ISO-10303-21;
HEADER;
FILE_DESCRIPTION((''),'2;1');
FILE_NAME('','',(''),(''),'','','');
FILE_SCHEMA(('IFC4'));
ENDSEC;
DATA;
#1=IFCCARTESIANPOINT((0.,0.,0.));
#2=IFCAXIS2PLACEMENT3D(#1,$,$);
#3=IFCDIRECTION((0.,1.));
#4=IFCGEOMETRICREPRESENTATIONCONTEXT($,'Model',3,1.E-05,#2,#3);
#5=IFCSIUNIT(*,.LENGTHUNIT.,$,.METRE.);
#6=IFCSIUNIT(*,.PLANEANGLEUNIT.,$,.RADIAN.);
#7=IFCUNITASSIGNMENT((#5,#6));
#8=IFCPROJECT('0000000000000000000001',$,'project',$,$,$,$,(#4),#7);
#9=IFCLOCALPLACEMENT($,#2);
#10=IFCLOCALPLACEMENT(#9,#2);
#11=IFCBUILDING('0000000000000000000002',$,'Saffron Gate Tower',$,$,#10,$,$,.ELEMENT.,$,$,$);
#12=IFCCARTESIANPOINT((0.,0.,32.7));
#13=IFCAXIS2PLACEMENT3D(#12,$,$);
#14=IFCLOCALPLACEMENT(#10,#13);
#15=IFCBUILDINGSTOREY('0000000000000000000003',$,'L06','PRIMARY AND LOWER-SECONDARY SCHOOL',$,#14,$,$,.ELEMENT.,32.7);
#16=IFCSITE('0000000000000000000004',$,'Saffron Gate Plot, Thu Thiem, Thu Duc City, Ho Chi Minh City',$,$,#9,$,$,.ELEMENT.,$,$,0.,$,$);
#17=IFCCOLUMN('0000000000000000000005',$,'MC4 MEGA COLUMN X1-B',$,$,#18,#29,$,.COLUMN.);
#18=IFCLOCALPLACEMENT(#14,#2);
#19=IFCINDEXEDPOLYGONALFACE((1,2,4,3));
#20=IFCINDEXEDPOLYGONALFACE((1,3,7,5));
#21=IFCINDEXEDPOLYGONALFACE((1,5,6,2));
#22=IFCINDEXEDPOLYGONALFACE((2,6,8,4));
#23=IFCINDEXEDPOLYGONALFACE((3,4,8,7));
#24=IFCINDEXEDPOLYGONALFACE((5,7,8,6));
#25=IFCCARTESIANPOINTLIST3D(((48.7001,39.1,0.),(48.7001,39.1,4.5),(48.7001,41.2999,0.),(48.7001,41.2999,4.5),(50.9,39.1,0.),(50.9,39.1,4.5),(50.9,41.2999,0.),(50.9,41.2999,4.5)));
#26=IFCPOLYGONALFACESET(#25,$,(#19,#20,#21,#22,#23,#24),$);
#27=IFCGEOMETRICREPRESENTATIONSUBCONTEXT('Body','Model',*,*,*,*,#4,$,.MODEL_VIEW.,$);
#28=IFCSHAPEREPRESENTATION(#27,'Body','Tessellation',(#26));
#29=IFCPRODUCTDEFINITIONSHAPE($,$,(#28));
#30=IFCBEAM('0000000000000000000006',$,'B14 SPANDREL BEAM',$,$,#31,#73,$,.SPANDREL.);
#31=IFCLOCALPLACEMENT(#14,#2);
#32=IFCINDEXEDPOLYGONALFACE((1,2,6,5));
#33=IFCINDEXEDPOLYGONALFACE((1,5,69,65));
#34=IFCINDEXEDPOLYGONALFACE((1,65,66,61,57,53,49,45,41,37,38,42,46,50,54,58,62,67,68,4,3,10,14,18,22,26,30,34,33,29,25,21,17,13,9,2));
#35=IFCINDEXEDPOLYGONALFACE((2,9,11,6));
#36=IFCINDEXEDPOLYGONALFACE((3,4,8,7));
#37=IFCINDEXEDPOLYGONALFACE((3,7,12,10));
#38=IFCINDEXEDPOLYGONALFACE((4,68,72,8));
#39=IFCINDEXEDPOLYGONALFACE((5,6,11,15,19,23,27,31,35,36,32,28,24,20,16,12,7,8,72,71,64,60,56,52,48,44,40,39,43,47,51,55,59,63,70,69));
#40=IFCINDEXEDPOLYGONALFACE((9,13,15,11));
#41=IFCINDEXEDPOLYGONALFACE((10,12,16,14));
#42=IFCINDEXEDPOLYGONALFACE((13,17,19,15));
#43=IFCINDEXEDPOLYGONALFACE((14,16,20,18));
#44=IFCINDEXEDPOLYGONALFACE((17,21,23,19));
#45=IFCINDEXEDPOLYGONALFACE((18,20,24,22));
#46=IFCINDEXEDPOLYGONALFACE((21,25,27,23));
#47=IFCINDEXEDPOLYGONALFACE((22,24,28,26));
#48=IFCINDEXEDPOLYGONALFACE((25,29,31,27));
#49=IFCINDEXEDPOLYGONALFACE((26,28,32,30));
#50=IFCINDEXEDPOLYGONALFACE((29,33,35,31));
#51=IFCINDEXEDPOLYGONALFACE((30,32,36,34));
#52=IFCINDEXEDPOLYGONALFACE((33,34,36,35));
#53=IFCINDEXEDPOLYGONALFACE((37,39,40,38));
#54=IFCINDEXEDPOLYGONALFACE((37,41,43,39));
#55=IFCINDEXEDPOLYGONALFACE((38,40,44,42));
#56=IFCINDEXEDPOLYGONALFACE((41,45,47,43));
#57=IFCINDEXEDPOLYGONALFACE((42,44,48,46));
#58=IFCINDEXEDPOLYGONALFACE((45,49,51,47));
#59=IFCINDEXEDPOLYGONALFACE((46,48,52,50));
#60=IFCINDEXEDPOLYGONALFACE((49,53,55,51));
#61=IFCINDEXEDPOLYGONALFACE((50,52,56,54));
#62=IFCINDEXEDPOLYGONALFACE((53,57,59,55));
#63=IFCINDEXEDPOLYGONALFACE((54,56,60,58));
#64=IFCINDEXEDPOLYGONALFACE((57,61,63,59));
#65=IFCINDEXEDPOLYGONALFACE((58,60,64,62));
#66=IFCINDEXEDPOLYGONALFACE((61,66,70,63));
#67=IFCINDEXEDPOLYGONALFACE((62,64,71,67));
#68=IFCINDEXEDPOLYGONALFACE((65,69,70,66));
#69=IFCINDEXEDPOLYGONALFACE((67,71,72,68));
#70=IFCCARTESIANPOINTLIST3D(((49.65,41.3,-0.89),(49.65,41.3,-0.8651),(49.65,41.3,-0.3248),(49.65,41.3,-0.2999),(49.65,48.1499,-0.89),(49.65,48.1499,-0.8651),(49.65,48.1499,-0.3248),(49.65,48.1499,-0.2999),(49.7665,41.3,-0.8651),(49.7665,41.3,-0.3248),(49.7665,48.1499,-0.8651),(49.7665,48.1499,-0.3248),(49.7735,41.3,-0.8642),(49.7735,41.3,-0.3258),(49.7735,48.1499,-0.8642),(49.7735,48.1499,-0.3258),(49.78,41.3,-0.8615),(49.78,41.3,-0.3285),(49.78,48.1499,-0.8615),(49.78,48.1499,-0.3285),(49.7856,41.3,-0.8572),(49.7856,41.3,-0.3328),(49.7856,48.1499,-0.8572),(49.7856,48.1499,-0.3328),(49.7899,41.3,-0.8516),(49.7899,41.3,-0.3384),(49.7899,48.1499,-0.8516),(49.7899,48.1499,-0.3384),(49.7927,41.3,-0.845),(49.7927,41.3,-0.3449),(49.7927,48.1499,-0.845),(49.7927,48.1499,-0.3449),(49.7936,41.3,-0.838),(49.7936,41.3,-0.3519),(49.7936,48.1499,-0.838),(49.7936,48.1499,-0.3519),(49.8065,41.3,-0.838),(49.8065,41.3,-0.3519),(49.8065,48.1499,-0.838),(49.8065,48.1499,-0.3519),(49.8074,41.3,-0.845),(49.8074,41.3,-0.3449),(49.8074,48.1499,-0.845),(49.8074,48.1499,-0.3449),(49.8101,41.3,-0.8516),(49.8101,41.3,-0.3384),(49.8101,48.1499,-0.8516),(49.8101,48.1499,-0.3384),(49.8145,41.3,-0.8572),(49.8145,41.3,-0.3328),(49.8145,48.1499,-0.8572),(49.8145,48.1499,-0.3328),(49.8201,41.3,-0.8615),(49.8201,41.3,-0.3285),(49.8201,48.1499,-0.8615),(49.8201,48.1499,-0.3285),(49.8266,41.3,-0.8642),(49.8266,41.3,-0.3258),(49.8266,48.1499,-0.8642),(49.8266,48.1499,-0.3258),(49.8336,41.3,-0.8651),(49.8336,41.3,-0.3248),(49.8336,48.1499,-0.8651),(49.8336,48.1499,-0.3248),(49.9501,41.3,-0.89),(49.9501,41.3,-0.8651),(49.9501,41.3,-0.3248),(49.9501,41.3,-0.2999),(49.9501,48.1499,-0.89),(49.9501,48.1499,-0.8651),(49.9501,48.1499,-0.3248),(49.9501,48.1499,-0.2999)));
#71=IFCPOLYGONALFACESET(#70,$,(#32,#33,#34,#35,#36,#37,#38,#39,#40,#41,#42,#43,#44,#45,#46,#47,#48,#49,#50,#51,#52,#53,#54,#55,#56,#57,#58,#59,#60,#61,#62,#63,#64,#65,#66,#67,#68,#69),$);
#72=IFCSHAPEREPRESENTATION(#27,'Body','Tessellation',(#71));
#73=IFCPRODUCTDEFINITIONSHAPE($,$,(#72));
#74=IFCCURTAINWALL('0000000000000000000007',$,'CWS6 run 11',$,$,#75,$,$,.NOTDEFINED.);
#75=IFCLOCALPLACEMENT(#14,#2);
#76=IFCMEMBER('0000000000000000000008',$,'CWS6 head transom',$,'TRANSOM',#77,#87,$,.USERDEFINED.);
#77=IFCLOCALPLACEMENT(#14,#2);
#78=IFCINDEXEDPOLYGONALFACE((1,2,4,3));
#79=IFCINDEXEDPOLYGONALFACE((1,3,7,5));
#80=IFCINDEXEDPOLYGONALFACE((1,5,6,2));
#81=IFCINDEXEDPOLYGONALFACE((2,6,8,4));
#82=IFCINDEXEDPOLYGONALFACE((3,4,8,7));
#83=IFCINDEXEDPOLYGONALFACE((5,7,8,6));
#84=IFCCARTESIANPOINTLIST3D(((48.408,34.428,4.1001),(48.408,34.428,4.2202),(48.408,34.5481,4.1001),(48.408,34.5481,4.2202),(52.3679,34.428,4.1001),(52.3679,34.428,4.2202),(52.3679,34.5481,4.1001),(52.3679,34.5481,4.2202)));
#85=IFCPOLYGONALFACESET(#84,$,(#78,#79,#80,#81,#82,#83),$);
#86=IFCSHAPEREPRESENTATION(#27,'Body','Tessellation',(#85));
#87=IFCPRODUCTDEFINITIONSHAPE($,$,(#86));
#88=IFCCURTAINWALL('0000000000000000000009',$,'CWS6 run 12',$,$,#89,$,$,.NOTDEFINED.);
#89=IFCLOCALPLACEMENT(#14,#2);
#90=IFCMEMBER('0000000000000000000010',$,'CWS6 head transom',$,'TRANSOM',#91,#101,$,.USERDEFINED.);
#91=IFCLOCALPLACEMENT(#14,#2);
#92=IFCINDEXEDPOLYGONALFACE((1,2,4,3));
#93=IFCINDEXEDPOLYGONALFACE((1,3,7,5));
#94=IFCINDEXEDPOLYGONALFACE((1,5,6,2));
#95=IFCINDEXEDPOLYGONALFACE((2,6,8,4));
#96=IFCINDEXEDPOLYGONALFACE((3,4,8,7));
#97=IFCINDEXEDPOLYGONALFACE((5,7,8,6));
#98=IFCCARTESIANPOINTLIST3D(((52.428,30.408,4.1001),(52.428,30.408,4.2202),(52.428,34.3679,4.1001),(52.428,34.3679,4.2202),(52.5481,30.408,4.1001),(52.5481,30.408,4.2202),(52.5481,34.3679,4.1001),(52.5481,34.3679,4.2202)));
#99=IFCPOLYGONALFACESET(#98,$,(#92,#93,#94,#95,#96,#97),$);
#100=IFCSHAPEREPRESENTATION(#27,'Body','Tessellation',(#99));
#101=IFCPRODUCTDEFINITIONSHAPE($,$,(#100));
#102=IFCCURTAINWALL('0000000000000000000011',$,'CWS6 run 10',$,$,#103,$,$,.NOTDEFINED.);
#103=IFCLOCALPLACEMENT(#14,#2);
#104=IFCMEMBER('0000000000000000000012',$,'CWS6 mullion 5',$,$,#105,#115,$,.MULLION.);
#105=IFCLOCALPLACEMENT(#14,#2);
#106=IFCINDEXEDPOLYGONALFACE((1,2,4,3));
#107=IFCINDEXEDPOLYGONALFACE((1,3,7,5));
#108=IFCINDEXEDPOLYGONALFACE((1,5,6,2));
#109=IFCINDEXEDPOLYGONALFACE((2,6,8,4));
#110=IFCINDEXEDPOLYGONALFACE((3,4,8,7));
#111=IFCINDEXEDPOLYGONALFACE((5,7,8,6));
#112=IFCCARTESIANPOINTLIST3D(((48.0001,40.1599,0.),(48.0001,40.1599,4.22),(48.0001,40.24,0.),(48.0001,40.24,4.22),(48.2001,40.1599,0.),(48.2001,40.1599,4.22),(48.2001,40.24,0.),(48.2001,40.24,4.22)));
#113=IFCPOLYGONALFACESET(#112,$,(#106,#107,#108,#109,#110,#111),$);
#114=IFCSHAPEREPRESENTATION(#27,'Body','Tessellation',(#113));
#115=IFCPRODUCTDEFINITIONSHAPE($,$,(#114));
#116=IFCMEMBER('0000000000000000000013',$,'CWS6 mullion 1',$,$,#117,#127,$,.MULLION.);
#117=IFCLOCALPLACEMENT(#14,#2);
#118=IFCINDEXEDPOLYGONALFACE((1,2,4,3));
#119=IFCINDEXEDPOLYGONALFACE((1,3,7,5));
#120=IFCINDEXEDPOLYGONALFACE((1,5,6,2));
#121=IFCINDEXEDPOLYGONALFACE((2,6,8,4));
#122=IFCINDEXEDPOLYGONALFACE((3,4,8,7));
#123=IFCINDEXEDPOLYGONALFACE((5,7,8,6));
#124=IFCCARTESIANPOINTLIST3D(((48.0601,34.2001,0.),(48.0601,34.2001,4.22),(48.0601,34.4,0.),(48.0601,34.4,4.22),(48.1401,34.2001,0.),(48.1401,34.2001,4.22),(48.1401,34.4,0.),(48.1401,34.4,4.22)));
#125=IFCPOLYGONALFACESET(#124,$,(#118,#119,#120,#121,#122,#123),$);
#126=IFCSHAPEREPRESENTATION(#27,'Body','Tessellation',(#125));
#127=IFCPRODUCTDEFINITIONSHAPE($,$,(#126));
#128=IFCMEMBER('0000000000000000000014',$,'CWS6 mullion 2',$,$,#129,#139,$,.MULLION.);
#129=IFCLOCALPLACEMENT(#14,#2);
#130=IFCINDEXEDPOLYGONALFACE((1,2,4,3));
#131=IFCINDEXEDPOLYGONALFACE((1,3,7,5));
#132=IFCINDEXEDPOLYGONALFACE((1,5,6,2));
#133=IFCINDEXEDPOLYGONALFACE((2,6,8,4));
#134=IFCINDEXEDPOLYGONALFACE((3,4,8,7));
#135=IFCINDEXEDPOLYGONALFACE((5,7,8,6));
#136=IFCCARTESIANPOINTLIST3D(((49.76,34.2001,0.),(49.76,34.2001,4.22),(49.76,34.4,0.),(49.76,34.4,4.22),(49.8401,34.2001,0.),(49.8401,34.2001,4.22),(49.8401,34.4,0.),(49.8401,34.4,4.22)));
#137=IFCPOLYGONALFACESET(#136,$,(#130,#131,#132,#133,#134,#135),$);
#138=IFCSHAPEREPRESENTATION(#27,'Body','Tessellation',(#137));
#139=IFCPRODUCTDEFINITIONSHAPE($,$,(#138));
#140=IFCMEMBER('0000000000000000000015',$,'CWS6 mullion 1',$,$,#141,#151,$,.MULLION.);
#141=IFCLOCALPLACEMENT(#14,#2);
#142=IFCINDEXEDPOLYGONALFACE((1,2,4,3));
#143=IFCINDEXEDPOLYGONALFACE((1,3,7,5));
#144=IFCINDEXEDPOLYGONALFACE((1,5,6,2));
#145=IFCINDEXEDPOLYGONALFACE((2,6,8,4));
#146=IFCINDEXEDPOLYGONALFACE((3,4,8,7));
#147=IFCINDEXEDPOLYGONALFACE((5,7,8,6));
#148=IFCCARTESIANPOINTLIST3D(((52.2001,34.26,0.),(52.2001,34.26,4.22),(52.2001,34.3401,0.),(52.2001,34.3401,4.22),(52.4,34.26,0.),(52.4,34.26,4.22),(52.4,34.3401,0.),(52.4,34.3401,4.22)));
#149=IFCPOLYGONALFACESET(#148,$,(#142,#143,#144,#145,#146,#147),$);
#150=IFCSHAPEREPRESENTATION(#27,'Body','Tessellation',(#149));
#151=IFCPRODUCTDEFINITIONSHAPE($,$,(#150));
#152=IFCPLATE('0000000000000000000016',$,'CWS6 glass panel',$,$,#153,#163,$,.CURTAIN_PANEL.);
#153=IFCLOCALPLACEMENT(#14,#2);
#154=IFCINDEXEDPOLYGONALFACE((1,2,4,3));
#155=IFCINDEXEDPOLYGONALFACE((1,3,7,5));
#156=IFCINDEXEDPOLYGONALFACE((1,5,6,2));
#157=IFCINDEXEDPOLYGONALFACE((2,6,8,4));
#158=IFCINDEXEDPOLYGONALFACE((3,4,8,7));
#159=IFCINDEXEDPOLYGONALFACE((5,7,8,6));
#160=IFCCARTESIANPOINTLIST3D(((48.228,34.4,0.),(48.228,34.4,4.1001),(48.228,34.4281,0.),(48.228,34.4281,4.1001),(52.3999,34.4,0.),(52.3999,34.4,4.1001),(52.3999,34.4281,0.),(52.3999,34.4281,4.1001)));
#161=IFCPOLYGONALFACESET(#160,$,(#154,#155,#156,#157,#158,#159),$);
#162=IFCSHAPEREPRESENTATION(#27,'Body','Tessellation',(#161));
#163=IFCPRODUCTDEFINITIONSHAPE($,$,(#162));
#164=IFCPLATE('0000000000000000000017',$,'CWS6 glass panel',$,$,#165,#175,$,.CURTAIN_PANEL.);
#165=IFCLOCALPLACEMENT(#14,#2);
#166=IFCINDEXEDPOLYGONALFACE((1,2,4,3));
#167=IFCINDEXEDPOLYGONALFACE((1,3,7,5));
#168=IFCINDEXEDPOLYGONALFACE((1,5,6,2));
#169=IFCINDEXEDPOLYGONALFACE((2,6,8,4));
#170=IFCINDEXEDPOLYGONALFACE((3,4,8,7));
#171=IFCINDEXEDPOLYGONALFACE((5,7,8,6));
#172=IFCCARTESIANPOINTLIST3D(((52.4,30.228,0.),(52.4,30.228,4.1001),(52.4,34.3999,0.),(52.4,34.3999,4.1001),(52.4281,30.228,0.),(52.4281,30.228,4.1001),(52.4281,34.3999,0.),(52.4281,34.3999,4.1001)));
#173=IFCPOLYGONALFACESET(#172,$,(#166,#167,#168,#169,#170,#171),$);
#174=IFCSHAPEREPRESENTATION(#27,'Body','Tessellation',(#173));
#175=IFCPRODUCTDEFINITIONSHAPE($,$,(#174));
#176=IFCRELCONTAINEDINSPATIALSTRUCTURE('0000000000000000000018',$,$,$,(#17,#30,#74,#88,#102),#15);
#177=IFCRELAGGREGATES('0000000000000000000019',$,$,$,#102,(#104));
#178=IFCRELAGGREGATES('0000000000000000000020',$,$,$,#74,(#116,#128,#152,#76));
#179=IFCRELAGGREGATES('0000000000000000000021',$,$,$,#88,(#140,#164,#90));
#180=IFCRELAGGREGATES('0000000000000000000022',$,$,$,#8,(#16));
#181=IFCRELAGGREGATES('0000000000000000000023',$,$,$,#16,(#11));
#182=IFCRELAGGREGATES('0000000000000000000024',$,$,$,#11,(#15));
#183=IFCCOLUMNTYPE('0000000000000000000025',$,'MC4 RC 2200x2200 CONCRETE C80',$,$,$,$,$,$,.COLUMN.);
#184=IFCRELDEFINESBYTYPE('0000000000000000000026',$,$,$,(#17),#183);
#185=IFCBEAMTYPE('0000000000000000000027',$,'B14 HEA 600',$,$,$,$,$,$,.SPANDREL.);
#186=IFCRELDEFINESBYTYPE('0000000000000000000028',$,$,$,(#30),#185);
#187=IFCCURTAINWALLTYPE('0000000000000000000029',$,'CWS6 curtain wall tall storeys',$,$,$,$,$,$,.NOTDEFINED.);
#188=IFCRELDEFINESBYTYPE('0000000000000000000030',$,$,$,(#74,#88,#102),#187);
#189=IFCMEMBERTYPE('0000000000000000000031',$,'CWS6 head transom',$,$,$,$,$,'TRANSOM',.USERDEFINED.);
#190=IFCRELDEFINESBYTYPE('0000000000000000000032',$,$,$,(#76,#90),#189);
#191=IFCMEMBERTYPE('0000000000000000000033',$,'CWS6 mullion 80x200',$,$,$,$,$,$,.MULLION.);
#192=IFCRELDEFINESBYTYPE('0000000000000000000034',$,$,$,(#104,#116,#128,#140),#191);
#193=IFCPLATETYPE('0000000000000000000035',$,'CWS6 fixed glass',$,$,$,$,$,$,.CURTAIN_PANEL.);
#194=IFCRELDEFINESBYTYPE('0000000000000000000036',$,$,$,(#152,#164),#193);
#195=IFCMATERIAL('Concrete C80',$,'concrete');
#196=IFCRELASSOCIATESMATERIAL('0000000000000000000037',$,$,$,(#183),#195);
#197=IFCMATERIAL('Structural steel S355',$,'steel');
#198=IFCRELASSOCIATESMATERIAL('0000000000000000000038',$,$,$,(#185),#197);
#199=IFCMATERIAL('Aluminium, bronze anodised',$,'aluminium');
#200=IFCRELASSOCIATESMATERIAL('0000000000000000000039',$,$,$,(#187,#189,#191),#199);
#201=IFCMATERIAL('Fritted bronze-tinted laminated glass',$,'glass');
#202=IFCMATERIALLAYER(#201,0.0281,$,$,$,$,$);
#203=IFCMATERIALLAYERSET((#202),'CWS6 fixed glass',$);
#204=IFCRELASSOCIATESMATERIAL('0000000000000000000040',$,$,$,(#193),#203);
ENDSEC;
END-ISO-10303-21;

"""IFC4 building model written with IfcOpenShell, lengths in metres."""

from ifc_helpers import new_model, si_unit, direction, frame, frame_2d, origin, origin_2d, place, context, subcontext, project, spatial, rectangle, i_section, extrude, material, layer, layer_set, material_profile, profile_set, type_object, element, aggregate, save


model = new_model("IFC4")

# Units and contexts
model_context = context("Model", 3, precision=1e-05, world=origin(), true_north=direction((0.0, 1.0)))
body_context = subcontext(model_context, "Body", "Model", "MODEL_VIEW")
ifc_project = project(units=[si_unit("LENGTHUNIT", "METRE"), si_unit("PLANEANGLEUNIT", "RADIAN")], contexts=[model_context])

# Site, building, storey
site_placement = place(None, origin())
site = spatial("IfcSite", under=ifc_project, at=site_placement, Name="Saffron Gate Plot, Thu Thiem, Thu Duc City, Ho Chi Minh City", CompositionType="ELEMENT", RefElevation=0.0)
building_placement = place(site_placement, origin())
building = spatial("IfcBuilding", under=site, at=building_placement, Name="Saffron Gate Tower", CompositionType="ELEMENT")
storey_placement = place(building_placement, frame((0.0, 0.0, 32.7)))
storey = spatial("IfcBuildingStorey", under=building, at=storey_placement, Name="L06", Description="PRIMARY AND LOWER-SECONDARY SCHOOL", CompositionType="ELEMENT", Elevation=32.7)

# Column
ifc_material_1 = material(Name="Concrete C80", Category="concrete")
ifc_material_profile_1 = material_profile(ifc_material_1, rectangle(XDim=2.2, YDim=2.2, at=origin_2d()))
ifc_profile_set_1 = profile_set([ifc_material_profile_1], Name="Concrete C80")
column_type = type_object("IfcColumnType", Name="MC4 RC 2200x2200 CONCRETE C80", PredefinedType="COLUMN", material=ifc_profile_set_1)
column_placement = place(storey_placement, frame((49.8, 40.2, 0.0), z_axis=(0.0, 0.0, 1.0), x_axis=(1.0, 0.0, 0.0)))
element("IfcColumn", 1, at=column_placement, inside=storey, type_object=column_type, Name="MC4 MEGA COLUMN X1-B", PredefinedType="COLUMN", context=body_context, shape_type="SweptSolid", body=[
    extrude(rectangle(XDim=2.2, YDim=2.2, at=origin_2d()), origin(), (0.0, 0.0, 1.0), 4.5),
])

# Beam
ifc_material_2 = material(Name="Structural steel S355", Category="steel")
ifc_material_profile_2 = material_profile(ifc_material_2, i_section(OverallWidth=0.3, OverallDepth=0.5901, WebThickness=0.0129, FlangeThickness=0.0249, FilletRadius=0.0271, at=origin_2d()))
ifc_profile_set_2 = profile_set([ifc_material_profile_2], Name="Structural steel S355")
beam_type = type_object("IfcBeamType", Name="B14 HEA 600", PredefinedType="SPANDREL", material=ifc_profile_set_2)
beam_placement = place(storey_placement, frame((49.8, 41.3, -0.595), z_axis=(0.0, 1.0, 0.0), x_axis=(-1.0, 0.0, 0.0)))
element("IfcBeam", 2, at=beam_placement, inside=storey, type_object=beam_type, Name="B14 SPANDREL BEAM", PredefinedType="SPANDREL", context=body_context, shape_type="SweptSolid", body=[
    extrude(i_section(OverallWidth=0.3, OverallDepth=0.5901, WebThickness=0.0129, FlangeThickness=0.0249, FilletRadius=0.0271, at=origin_2d()), origin(), (0.0, 0.0, 1.0), 6.8499),
])

# Curtain walls, members
ifc_material_3 = material(Name="Aluminium, bronze anodised", Category="aluminium")
curtain_wall_type = type_object("IfcCurtainWallType", Name="CWS6 curtain wall tall storeys", PredefinedType="NOTDEFINED", material=ifc_material_3)
curtain_wall_1_placement = place(storey_placement, origin())
curtain_wall_1 = element("IfcCurtainWall", 3, at=curtain_wall_1_placement, inside=storey, type_object=curtain_wall_type, Name="CWS6 run 11", PredefinedType="NOTDEFINED")
ifc_material_profile_3 = material_profile(ifc_material_3, rectangle(XDim=0.1201, YDim=0.1201, at=origin_2d()))
ifc_profile_set_3 = profile_set([ifc_material_profile_3], Name="Aluminium, bronze anodised")
member_type_1 = type_object("IfcMemberType", Name="CWS6 head transom", ElementType="TRANSOM", PredefinedType="USERDEFINED", material=ifc_profile_set_3)
member_1_placement = place(storey_placement, frame((48.408, 34.488, 4.1602), z_axis=(1.0, 0.0, 0.0), x_axis=(0.0, 1.0, 0.0)))
member_1 = element("IfcMember", 4, at=member_1_placement, type_object=member_type_1, Name="CWS6 head transom", ObjectType="TRANSOM", PredefinedType="USERDEFINED", context=body_context, shape_type="SweptSolid", body=[
    extrude(rectangle(XDim=0.1201, YDim=0.1201, at=origin_2d()), origin(), (0.0, 0.0, 1.0), 3.96),
])
curtain_wall_2_placement = place(storey_placement, origin())
curtain_wall_2 = element("IfcCurtainWall", 5, at=curtain_wall_2_placement, inside=storey, type_object=curtain_wall_type, Name="CWS6 run 12", PredefinedType="NOTDEFINED")
member_2_placement = place(storey_placement, frame((52.488, 34.3679, 4.1602), z_axis=(0.0, -1.0, 0.0), x_axis=(1.0, 0.0, 0.0)))
member_2 = element("IfcMember", 6, at=member_2_placement, type_object=member_type_1, Name="CWS6 head transom", ObjectType="TRANSOM", PredefinedType="USERDEFINED", context=body_context, shape_type="SweptSolid", body=[
    extrude(rectangle(XDim=0.1201, YDim=0.1201, at=origin_2d()), origin(), (0.0, 0.0, 1.0), 3.96),
])
curtain_wall_3_placement = place(storey_placement, origin())
curtain_wall_3 = element("IfcCurtainWall", 7, at=curtain_wall_3_placement, inside=storey, type_object=curtain_wall_type, Name="CWS6 run 10", PredefinedType="NOTDEFINED")
ifc_material_profile_4 = material_profile(ifc_material_3, rectangle(XDim=0.2, YDim=0.0801, at=origin_2d()))
ifc_profile_set_4 = profile_set([ifc_material_profile_4], Name="Aluminium, bronze anodised")
member_type_2 = type_object("IfcMemberType", Name="CWS6 mullion 80x200", PredefinedType="MULLION", material=ifc_profile_set_4)
member_3_placement = place(storey_placement, frame((48.1001, 40.2, 0.0), z_axis=(0.0, 0.0, 1.0), x_axis=(1.0, 0.0, 0.0)))
member_3 = element("IfcMember", 8, at=member_3_placement, type_object=member_type_2, Name="CWS6 mullion 5", PredefinedType="MULLION", context=body_context, shape_type="SweptSolid", body=[
    extrude(rectangle(XDim=0.2, YDim=0.0801, at=origin_2d()), origin(), (0.0, 0.0, 1.0), 4.22),
])
aggregate(curtain_wall_3, [member_3])

# Members
member_4_placement = place(storey_placement, frame((48.1001, 34.3, 0.0), z_axis=(0.0, 0.0, 1.0), x_axis=(0.0, 1.0, 0.0)))
member_4 = element("IfcMember", 9, at=member_4_placement, type_object=member_type_2, Name="CWS6 mullion 1", PredefinedType="MULLION", context=body_context, shape_type="SweptSolid", body=[
    extrude(rectangle(XDim=0.2, YDim=0.0801, at=origin_2d()), origin(), (0.0, 0.0, 1.0), 4.22),
])
member_5_placement = place(storey_placement, frame((49.8, 34.3, 0.0), z_axis=(0.0, 0.0, 1.0), x_axis=(0.0, 1.0, 0.0)))
member_5 = element("IfcMember", 10, at=member_5_placement, type_object=member_type_2, Name="CWS6 mullion 2", PredefinedType="MULLION", context=body_context, shape_type="SweptSolid", body=[
    extrude(rectangle(XDim=0.2, YDim=0.0801, at=origin_2d()), origin(), (0.0, 0.0, 1.0), 4.22),
])
member_6_placement = place(storey_placement, frame((52.3, 34.3, 0.0), z_axis=(0.0, 0.0, 1.0), x_axis=(1.0, 0.0, 0.0)))
member_6 = element("IfcMember", 11, at=member_6_placement, type_object=member_type_2, Name="CWS6 mullion 1", PredefinedType="MULLION", context=body_context, shape_type="SweptSolid", body=[
    extrude(rectangle(XDim=0.2, YDim=0.0801, at=origin_2d()), origin(), (0.0, 0.0, 1.0), 4.22),
])

# Plates
ifc_material_4 = material(Name="Fritted bronze-tinted laminated glass", Category="glass")
ifc_layer_1 = layer(ifc_material_4, 0.0281)
ifc_layer_set_1 = layer_set([ifc_layer_1], Name="CWS6 fixed glass")
plate_type = type_object("IfcPlateType", Name="CWS6 fixed glass", PredefinedType="CURTAIN_PANEL", material=ifc_layer_set_1)
plate_1_placement = place(storey_placement, frame((48.228, 34.4141, 0.0), z_axis=(0.0, 0.0, 1.0), x_axis=(1.0, 0.0, 0.0)))
plate_1 = element("IfcPlate", 12, at=plate_1_placement, type_object=plate_type, Name="CWS6 glass panel", PredefinedType="CURTAIN_PANEL", context=body_context, shape_type="SweptSolid", body=[
    extrude(rectangle(XDim=4.1719, YDim=0.0281, at=frame_2d((2.0859, 0.0))), origin(), (0.0, 0.0, 1.0), 4.1001),
])
aggregate(curtain_wall_1, [member_4, member_5, plate_1, member_1])
plate_2_placement = place(storey_placement, frame((52.4141, 34.3999, 0.0), z_axis=(0.0, 0.0, 1.0), x_axis=(0.0, -1.0, 0.0)))
plate_2 = element("IfcPlate", 13, at=plate_2_placement, type_object=plate_type, Name="CWS6 glass panel", PredefinedType="CURTAIN_PANEL", context=body_context, shape_type="SweptSolid", body=[
    extrude(rectangle(XDim=4.1719, YDim=0.0281, at=frame_2d((2.0859, 0.0))), origin(), (0.0, 0.0, 1.0), 4.1001),
])
aggregate(curtain_wall_2, [member_6, plate_2, member_2])

save(model, "model.ifc")
